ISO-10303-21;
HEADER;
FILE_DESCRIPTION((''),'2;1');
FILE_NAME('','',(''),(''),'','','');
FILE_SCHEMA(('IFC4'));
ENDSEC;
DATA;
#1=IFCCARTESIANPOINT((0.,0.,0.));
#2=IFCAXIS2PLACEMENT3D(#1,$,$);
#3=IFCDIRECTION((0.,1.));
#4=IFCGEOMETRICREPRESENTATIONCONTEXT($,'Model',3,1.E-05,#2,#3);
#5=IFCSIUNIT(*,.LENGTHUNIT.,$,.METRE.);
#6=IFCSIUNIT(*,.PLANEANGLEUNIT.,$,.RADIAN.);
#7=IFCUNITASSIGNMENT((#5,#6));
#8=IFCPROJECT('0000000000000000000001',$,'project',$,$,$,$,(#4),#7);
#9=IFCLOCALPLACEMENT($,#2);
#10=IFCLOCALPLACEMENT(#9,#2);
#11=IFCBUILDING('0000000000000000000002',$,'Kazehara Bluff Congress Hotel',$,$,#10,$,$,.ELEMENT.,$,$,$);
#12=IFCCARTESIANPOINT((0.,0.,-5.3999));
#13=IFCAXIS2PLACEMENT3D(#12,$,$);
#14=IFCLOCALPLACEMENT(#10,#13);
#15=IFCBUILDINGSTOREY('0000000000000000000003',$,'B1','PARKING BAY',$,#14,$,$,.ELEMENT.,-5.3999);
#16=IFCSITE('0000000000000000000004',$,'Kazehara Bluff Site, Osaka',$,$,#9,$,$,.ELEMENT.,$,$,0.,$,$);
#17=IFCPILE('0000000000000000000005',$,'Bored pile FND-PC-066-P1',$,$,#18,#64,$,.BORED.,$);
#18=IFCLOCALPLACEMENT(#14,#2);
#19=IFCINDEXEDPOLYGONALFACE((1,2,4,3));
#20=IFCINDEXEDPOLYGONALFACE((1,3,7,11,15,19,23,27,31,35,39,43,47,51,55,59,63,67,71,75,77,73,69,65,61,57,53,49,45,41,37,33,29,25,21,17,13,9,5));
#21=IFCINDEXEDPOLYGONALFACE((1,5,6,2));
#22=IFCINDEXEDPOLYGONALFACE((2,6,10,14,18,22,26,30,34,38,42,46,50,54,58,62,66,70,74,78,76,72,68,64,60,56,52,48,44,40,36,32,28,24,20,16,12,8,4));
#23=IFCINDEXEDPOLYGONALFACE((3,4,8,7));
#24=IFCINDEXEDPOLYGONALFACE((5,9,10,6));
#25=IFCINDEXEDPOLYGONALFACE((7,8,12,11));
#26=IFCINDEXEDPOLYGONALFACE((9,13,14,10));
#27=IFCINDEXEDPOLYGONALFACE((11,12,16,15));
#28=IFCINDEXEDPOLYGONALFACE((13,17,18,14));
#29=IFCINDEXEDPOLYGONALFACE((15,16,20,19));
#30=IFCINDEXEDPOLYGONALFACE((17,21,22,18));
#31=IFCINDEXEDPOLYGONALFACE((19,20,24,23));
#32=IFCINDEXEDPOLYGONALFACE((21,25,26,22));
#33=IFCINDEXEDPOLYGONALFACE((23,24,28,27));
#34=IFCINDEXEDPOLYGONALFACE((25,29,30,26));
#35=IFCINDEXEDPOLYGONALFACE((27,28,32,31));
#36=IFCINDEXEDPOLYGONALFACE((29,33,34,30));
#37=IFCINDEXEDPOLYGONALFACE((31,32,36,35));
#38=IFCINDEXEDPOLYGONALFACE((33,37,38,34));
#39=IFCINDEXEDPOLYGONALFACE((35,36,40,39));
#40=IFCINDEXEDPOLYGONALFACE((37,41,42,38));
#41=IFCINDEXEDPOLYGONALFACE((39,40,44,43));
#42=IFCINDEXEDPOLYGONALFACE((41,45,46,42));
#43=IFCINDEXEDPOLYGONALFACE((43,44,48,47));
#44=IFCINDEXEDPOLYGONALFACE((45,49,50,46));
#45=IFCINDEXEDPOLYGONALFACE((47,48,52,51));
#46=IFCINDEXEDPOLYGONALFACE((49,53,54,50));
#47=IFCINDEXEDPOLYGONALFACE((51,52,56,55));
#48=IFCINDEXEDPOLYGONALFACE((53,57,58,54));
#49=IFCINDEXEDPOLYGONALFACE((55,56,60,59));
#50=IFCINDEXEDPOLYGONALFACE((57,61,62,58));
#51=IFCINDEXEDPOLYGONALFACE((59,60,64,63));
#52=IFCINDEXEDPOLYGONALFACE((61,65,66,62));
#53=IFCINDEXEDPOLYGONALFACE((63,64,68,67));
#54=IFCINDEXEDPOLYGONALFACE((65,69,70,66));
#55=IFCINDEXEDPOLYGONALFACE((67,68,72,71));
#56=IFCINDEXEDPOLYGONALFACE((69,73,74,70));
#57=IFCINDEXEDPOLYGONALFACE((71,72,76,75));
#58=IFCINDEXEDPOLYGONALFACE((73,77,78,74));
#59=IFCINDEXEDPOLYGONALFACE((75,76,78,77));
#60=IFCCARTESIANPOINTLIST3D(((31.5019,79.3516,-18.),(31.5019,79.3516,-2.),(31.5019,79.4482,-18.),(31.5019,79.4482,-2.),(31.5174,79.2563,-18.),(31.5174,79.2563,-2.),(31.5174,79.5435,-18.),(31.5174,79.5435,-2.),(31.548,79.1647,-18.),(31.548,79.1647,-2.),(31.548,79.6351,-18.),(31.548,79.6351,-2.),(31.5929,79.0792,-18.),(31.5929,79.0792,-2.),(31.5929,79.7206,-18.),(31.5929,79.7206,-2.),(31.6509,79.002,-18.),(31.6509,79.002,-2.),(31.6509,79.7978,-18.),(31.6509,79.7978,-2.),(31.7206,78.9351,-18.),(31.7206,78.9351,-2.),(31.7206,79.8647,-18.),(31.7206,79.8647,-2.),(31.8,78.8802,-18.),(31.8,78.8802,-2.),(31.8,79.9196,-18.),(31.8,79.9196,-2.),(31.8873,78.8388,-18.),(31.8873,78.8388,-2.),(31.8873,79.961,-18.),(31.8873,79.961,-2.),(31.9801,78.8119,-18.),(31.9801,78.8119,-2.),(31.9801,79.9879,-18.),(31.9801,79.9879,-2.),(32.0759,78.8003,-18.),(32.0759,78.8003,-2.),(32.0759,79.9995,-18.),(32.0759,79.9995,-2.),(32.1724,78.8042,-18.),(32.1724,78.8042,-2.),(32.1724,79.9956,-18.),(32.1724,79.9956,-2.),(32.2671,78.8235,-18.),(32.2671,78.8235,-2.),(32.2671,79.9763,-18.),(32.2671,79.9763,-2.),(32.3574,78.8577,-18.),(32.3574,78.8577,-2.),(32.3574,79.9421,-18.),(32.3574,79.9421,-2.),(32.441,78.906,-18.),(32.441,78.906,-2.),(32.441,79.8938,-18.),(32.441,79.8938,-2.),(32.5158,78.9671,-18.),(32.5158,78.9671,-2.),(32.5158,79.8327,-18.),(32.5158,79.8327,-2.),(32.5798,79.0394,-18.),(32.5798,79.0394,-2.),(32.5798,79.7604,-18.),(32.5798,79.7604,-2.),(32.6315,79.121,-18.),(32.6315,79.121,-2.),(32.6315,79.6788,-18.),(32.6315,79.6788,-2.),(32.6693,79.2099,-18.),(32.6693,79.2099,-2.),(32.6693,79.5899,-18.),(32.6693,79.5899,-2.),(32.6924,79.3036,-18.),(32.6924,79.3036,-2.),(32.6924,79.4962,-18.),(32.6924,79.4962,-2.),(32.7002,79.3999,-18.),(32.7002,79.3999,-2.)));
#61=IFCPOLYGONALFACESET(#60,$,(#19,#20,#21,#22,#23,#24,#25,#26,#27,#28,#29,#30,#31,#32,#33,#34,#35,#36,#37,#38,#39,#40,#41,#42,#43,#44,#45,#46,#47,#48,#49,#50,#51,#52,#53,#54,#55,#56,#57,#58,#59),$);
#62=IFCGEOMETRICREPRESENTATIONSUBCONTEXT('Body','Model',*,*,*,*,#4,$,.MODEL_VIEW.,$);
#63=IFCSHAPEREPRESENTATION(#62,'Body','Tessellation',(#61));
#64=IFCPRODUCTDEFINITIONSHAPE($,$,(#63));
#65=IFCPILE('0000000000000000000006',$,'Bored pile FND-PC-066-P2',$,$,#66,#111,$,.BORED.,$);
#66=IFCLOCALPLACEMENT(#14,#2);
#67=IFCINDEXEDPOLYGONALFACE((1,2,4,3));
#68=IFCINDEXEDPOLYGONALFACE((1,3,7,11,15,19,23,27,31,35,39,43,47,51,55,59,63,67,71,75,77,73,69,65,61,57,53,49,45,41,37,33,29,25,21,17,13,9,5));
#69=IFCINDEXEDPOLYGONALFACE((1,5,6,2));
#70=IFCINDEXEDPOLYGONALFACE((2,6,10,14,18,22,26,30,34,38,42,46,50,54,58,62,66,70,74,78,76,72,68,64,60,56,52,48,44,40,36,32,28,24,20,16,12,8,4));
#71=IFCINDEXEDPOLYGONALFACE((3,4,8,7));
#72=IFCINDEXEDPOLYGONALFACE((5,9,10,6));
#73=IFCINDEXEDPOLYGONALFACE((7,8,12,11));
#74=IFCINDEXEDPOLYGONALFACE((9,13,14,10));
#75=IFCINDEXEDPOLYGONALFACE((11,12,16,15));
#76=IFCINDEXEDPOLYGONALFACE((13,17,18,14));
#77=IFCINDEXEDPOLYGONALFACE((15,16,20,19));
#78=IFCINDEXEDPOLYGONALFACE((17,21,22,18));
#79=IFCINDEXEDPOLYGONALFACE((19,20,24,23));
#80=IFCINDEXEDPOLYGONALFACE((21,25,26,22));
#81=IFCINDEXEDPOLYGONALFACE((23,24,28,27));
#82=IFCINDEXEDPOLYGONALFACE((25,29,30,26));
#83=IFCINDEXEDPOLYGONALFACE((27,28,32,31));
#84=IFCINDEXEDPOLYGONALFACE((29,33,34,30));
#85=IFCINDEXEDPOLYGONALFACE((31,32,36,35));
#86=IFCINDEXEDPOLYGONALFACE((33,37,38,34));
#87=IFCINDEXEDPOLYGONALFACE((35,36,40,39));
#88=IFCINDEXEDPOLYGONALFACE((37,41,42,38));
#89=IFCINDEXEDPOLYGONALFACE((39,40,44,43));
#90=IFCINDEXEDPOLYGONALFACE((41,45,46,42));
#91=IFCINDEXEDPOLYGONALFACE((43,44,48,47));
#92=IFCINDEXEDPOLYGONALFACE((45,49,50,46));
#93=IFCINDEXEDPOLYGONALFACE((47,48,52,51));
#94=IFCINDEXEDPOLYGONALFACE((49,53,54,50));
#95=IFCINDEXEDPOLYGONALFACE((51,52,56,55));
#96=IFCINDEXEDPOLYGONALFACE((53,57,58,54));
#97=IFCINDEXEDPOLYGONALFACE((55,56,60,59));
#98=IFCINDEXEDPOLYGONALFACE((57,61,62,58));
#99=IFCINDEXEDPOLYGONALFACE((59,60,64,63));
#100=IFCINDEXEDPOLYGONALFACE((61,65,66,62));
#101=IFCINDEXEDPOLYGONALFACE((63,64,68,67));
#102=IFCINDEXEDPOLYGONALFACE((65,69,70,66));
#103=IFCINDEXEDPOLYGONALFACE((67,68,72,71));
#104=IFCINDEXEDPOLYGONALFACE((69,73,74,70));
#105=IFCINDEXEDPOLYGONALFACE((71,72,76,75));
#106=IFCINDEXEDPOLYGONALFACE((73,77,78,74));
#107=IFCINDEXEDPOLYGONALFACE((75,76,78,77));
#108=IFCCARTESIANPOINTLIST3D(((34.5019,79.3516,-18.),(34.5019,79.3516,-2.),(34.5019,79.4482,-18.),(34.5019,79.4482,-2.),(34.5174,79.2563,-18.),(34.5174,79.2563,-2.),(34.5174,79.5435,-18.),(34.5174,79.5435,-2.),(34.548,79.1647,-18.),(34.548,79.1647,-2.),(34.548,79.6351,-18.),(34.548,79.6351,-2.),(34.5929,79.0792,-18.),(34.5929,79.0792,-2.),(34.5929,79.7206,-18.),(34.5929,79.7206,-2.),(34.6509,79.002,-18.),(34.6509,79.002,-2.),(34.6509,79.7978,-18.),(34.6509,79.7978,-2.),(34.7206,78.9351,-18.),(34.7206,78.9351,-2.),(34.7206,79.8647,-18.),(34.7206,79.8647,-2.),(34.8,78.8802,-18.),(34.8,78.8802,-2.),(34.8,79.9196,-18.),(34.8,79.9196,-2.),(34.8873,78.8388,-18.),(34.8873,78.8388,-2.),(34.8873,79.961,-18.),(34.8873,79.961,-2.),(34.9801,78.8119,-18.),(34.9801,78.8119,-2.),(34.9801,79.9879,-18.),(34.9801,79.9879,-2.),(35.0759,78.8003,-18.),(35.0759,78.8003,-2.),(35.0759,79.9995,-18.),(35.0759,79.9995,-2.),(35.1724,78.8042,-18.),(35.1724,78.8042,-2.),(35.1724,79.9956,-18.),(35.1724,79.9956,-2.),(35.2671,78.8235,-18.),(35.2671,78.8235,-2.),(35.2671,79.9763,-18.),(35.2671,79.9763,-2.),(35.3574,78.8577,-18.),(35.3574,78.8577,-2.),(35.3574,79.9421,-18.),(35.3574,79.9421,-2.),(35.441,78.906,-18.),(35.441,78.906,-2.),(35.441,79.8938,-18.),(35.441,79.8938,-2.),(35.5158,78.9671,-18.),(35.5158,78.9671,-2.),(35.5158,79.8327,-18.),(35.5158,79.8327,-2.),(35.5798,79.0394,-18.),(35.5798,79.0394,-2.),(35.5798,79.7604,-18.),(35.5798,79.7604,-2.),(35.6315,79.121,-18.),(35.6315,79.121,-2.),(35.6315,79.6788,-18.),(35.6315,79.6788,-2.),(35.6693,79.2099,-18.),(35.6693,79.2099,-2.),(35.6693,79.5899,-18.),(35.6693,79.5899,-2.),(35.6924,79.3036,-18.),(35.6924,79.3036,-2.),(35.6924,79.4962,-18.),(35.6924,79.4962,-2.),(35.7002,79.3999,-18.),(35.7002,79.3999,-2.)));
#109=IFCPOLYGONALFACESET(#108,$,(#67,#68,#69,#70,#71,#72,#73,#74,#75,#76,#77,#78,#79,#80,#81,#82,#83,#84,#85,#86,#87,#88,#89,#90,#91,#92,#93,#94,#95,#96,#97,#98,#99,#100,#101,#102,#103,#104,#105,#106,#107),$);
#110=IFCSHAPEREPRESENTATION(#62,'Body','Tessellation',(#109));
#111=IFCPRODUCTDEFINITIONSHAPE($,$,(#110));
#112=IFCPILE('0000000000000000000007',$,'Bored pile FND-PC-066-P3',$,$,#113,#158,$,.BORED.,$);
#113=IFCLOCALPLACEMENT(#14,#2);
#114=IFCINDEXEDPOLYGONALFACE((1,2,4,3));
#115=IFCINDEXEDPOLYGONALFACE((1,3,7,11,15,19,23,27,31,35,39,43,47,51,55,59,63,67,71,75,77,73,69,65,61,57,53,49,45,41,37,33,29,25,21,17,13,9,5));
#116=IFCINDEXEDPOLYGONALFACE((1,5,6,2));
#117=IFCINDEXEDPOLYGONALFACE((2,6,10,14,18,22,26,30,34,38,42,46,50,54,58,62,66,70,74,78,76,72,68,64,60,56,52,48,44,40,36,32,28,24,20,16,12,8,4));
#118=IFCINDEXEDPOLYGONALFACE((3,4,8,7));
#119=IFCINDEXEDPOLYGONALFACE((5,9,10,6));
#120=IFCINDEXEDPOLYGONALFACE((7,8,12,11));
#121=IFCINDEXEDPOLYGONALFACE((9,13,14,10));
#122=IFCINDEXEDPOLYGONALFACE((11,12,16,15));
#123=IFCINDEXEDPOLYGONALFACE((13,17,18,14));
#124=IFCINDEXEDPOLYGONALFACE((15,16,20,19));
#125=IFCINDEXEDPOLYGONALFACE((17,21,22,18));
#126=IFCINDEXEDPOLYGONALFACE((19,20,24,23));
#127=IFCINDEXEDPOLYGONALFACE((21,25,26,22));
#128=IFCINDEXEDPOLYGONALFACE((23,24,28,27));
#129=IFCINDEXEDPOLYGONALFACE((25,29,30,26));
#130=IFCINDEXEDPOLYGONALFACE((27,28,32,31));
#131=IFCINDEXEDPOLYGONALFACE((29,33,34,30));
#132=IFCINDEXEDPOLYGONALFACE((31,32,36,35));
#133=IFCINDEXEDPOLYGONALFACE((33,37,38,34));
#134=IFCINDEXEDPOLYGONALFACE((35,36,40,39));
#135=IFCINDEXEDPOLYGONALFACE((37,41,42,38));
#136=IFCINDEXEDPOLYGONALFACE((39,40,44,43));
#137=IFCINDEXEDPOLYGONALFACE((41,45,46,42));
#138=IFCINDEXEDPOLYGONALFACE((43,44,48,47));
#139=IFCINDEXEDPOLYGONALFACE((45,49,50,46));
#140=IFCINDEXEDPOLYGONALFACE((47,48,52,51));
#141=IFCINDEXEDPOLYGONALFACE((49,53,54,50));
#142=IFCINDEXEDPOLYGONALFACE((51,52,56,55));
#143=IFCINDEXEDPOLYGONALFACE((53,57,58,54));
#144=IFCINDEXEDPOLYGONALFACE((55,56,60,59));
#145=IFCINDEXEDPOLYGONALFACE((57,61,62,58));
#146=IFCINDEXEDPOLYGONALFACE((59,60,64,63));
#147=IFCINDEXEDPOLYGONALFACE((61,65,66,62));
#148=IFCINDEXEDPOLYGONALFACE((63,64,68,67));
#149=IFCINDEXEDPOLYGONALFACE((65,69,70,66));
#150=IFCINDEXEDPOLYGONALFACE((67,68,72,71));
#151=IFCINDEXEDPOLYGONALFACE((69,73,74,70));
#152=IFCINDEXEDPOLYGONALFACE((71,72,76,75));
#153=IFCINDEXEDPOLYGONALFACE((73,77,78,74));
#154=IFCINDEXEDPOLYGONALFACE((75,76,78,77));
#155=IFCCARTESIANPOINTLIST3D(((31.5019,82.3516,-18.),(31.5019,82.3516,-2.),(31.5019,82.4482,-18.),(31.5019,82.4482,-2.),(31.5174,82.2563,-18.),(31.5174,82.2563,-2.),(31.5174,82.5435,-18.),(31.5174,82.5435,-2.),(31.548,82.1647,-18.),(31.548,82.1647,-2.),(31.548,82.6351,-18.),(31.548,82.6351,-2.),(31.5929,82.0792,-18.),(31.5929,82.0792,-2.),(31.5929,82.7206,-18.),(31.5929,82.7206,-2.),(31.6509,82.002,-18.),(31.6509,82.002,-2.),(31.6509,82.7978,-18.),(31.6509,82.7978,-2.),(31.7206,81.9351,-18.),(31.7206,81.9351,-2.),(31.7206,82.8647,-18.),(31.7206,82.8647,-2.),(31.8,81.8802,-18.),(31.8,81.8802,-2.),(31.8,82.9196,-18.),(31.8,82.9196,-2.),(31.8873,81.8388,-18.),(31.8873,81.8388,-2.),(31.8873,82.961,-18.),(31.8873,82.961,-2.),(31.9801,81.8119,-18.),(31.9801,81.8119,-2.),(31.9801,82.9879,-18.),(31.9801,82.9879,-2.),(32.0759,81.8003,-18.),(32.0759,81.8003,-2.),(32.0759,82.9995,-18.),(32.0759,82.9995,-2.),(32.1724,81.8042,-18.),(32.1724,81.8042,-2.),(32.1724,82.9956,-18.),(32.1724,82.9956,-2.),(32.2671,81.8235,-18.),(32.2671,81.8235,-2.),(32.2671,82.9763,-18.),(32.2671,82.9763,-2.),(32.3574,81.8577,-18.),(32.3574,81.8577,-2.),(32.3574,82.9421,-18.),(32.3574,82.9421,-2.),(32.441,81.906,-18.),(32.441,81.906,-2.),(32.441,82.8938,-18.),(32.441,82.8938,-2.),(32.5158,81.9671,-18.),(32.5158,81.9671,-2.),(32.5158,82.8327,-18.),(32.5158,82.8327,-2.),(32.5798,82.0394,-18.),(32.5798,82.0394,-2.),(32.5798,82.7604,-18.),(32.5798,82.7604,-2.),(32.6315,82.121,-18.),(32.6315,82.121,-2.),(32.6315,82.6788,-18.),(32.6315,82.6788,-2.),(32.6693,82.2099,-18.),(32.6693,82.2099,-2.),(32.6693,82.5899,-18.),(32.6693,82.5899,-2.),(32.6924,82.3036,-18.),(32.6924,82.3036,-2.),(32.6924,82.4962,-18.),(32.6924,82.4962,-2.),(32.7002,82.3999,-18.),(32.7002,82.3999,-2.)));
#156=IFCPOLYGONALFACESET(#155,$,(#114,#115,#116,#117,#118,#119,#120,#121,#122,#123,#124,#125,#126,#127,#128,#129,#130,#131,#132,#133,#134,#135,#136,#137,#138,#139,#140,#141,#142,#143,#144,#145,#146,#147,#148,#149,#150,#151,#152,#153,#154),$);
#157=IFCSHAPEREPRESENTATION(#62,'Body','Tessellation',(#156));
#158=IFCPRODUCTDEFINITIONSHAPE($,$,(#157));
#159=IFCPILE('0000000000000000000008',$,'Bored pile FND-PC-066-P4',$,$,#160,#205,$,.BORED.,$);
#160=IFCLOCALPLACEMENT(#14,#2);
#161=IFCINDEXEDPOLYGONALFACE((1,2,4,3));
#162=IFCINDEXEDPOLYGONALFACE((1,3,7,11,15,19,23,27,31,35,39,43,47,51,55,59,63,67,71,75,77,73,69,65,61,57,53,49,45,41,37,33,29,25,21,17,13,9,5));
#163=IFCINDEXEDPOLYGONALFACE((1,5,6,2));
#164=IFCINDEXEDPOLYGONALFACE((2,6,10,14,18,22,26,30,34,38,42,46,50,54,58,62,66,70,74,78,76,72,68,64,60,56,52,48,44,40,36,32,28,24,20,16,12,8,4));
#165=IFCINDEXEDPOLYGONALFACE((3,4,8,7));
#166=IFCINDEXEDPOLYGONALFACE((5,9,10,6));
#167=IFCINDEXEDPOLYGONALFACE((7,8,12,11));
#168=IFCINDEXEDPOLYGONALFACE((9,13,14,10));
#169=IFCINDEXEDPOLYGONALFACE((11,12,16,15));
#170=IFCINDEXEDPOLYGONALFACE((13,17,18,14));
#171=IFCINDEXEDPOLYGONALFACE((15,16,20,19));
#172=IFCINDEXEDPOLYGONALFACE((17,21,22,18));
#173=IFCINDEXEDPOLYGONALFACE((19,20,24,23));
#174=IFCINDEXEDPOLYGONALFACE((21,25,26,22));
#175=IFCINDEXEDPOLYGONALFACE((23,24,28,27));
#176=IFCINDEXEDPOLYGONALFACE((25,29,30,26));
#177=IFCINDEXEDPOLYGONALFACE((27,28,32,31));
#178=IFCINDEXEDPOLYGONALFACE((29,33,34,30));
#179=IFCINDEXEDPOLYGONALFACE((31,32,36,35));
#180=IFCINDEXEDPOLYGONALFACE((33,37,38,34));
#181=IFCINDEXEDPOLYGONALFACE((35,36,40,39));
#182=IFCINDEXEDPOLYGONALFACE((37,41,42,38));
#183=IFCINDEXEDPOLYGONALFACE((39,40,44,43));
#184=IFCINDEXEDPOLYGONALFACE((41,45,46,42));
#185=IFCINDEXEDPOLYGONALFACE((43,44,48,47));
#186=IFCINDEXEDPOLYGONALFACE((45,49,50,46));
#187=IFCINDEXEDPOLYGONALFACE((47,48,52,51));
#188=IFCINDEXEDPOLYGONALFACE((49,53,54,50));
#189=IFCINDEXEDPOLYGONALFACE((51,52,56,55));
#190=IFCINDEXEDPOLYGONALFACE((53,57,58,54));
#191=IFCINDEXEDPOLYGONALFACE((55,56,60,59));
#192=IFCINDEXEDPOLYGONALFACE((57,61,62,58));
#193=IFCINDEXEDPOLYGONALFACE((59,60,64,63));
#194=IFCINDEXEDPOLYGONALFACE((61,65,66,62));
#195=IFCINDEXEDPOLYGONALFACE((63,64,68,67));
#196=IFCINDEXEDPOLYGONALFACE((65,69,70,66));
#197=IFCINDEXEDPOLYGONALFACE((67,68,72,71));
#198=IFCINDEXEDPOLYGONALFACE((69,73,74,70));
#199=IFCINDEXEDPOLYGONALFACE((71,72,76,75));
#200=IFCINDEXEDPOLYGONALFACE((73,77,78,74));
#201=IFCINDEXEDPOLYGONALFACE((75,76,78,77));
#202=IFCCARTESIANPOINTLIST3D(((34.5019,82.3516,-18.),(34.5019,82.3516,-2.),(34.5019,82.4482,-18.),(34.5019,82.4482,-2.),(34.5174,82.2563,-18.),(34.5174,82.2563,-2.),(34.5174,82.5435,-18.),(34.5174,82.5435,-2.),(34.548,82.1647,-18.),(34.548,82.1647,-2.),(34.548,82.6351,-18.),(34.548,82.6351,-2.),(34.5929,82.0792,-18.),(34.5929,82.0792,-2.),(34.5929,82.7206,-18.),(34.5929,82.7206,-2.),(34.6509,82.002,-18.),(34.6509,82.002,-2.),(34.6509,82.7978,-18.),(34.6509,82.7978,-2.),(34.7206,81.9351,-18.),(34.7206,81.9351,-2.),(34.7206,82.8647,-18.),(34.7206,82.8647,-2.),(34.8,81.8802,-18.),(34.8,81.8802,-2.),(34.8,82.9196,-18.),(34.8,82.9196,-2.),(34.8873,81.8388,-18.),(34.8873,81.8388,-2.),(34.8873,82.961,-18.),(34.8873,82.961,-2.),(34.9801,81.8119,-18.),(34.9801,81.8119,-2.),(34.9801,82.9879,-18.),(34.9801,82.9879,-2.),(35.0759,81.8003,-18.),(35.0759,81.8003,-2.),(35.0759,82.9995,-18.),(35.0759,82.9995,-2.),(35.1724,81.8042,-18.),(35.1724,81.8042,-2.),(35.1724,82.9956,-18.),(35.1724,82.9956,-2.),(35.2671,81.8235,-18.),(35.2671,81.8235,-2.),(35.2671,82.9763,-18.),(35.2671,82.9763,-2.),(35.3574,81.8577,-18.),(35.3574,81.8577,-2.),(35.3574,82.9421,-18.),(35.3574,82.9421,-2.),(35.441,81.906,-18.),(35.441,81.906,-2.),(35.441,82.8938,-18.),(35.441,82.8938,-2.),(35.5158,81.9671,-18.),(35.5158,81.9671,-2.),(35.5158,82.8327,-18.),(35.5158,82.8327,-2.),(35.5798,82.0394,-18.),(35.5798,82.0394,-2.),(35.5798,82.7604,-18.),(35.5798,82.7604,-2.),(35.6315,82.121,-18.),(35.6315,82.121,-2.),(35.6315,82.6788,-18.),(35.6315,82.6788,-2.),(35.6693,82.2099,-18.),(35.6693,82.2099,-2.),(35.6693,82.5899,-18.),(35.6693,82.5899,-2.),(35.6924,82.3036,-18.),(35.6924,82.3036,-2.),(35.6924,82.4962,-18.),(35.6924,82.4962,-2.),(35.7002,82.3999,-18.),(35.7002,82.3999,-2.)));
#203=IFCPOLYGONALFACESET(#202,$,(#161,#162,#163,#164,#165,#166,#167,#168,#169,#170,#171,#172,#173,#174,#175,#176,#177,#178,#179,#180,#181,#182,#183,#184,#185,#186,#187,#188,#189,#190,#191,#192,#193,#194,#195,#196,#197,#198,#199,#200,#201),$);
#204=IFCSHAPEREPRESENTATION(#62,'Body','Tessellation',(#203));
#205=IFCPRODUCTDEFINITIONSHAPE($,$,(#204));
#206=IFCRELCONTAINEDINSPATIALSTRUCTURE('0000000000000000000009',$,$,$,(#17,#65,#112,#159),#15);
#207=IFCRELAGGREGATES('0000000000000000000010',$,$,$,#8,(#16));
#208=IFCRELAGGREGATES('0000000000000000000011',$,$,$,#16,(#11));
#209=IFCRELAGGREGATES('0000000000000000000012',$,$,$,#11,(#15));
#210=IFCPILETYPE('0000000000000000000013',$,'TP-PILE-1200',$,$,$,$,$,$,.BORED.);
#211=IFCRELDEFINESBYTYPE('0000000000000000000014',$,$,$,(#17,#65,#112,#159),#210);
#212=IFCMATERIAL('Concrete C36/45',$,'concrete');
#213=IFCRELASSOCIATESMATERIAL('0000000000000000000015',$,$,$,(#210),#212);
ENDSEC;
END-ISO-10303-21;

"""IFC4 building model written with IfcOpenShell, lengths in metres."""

from ifc_helpers import new_model, si_unit, direction, frame, origin, origin_2d, place, context, subcontext, project, spatial, circle, extrude, material, material_profile, profile_set, type_object, element, save


model = new_model("IFC4")

# Units and contexts
model_context = context("Model", 3, precision=1e-05, world=origin(), true_north=direction((0.0, 1.0)))
body_context = subcontext(model_context, "Body", "Model", "MODEL_VIEW")
ifc_project = project(units=[si_unit("LENGTHUNIT", "METRE"), si_unit("PLANEANGLEUNIT", "RADIAN")], contexts=[model_context])

# Site, building, storey
site_placement = place(None, origin())
site = spatial("IfcSite", under=ifc_project, at=site_placement, Name="Kazehara Bluff Site, Osaka", CompositionType="ELEMENT", RefElevation=0.0)
building_placement = place(site_placement, origin())
building = spatial("IfcBuilding", under=site, at=building_placement, Name="Kazehara Bluff Congress Hotel", CompositionType="ELEMENT")
storey_placement = place(building_placement, frame((0.0, 0.0, -5.3999)))
storey = spatial("IfcBuildingStorey", under=building, at=storey_placement, Name="B1", Description="PARKING BAY", CompositionType="ELEMENT", Elevation=-5.3999)

# Piles
ifc_material_1 = material(Name="Concrete C36/45", Category="concrete")
ifc_material_profile_1 = material_profile(ifc_material_1, circle(Radius=0.6001, at=origin_2d()))
ifc_profile_set_1 = profile_set([ifc_material_profile_1], Name="Concrete C36/45")
pile_type = type_object("IfcPileType", Name="TP-PILE-1200", PredefinedType="BORED", material=ifc_profile_set_1)
for number, where, z_axis, x_axis, name in (
    (1, (32.1001, 79.3999, -2.0), (0.0, 0.0, -1.0), (1.0, 0.0, 0.0), "Bored pile FND-PC-066-P1"),
    (2, (35.1001, 79.3999, -2.0), (0.0, 0.0, -1.0), (1.0, 0.0, 0.0), "Bored pile FND-PC-066-P2"),
    (3, (32.1001, 82.3999, -2.0), (0.0, 0.0, -1.0), (1.0, 0.0, 0.0), "Bored pile FND-PC-066-P3"),
    (4, (35.1001, 82.3999, -2.0), (0.0, 0.0, -1.0), (1.0, 0.0, 0.0), "Bored pile FND-PC-066-P4"),
):
    element("IfcPile", number, at=place(storey_placement, frame(where, z_axis=z_axis, x_axis=x_axis)), inside=storey, type_object=pile_type, Name=name, PredefinedType="BORED", context=body_context, shape_type="SweptSolid", body=[
        extrude(circle(Radius=0.6001, at=origin_2d()), origin(), (0.0, 0.0, 1.0), 16.0),
    ])

save(model, "model.ifc")
